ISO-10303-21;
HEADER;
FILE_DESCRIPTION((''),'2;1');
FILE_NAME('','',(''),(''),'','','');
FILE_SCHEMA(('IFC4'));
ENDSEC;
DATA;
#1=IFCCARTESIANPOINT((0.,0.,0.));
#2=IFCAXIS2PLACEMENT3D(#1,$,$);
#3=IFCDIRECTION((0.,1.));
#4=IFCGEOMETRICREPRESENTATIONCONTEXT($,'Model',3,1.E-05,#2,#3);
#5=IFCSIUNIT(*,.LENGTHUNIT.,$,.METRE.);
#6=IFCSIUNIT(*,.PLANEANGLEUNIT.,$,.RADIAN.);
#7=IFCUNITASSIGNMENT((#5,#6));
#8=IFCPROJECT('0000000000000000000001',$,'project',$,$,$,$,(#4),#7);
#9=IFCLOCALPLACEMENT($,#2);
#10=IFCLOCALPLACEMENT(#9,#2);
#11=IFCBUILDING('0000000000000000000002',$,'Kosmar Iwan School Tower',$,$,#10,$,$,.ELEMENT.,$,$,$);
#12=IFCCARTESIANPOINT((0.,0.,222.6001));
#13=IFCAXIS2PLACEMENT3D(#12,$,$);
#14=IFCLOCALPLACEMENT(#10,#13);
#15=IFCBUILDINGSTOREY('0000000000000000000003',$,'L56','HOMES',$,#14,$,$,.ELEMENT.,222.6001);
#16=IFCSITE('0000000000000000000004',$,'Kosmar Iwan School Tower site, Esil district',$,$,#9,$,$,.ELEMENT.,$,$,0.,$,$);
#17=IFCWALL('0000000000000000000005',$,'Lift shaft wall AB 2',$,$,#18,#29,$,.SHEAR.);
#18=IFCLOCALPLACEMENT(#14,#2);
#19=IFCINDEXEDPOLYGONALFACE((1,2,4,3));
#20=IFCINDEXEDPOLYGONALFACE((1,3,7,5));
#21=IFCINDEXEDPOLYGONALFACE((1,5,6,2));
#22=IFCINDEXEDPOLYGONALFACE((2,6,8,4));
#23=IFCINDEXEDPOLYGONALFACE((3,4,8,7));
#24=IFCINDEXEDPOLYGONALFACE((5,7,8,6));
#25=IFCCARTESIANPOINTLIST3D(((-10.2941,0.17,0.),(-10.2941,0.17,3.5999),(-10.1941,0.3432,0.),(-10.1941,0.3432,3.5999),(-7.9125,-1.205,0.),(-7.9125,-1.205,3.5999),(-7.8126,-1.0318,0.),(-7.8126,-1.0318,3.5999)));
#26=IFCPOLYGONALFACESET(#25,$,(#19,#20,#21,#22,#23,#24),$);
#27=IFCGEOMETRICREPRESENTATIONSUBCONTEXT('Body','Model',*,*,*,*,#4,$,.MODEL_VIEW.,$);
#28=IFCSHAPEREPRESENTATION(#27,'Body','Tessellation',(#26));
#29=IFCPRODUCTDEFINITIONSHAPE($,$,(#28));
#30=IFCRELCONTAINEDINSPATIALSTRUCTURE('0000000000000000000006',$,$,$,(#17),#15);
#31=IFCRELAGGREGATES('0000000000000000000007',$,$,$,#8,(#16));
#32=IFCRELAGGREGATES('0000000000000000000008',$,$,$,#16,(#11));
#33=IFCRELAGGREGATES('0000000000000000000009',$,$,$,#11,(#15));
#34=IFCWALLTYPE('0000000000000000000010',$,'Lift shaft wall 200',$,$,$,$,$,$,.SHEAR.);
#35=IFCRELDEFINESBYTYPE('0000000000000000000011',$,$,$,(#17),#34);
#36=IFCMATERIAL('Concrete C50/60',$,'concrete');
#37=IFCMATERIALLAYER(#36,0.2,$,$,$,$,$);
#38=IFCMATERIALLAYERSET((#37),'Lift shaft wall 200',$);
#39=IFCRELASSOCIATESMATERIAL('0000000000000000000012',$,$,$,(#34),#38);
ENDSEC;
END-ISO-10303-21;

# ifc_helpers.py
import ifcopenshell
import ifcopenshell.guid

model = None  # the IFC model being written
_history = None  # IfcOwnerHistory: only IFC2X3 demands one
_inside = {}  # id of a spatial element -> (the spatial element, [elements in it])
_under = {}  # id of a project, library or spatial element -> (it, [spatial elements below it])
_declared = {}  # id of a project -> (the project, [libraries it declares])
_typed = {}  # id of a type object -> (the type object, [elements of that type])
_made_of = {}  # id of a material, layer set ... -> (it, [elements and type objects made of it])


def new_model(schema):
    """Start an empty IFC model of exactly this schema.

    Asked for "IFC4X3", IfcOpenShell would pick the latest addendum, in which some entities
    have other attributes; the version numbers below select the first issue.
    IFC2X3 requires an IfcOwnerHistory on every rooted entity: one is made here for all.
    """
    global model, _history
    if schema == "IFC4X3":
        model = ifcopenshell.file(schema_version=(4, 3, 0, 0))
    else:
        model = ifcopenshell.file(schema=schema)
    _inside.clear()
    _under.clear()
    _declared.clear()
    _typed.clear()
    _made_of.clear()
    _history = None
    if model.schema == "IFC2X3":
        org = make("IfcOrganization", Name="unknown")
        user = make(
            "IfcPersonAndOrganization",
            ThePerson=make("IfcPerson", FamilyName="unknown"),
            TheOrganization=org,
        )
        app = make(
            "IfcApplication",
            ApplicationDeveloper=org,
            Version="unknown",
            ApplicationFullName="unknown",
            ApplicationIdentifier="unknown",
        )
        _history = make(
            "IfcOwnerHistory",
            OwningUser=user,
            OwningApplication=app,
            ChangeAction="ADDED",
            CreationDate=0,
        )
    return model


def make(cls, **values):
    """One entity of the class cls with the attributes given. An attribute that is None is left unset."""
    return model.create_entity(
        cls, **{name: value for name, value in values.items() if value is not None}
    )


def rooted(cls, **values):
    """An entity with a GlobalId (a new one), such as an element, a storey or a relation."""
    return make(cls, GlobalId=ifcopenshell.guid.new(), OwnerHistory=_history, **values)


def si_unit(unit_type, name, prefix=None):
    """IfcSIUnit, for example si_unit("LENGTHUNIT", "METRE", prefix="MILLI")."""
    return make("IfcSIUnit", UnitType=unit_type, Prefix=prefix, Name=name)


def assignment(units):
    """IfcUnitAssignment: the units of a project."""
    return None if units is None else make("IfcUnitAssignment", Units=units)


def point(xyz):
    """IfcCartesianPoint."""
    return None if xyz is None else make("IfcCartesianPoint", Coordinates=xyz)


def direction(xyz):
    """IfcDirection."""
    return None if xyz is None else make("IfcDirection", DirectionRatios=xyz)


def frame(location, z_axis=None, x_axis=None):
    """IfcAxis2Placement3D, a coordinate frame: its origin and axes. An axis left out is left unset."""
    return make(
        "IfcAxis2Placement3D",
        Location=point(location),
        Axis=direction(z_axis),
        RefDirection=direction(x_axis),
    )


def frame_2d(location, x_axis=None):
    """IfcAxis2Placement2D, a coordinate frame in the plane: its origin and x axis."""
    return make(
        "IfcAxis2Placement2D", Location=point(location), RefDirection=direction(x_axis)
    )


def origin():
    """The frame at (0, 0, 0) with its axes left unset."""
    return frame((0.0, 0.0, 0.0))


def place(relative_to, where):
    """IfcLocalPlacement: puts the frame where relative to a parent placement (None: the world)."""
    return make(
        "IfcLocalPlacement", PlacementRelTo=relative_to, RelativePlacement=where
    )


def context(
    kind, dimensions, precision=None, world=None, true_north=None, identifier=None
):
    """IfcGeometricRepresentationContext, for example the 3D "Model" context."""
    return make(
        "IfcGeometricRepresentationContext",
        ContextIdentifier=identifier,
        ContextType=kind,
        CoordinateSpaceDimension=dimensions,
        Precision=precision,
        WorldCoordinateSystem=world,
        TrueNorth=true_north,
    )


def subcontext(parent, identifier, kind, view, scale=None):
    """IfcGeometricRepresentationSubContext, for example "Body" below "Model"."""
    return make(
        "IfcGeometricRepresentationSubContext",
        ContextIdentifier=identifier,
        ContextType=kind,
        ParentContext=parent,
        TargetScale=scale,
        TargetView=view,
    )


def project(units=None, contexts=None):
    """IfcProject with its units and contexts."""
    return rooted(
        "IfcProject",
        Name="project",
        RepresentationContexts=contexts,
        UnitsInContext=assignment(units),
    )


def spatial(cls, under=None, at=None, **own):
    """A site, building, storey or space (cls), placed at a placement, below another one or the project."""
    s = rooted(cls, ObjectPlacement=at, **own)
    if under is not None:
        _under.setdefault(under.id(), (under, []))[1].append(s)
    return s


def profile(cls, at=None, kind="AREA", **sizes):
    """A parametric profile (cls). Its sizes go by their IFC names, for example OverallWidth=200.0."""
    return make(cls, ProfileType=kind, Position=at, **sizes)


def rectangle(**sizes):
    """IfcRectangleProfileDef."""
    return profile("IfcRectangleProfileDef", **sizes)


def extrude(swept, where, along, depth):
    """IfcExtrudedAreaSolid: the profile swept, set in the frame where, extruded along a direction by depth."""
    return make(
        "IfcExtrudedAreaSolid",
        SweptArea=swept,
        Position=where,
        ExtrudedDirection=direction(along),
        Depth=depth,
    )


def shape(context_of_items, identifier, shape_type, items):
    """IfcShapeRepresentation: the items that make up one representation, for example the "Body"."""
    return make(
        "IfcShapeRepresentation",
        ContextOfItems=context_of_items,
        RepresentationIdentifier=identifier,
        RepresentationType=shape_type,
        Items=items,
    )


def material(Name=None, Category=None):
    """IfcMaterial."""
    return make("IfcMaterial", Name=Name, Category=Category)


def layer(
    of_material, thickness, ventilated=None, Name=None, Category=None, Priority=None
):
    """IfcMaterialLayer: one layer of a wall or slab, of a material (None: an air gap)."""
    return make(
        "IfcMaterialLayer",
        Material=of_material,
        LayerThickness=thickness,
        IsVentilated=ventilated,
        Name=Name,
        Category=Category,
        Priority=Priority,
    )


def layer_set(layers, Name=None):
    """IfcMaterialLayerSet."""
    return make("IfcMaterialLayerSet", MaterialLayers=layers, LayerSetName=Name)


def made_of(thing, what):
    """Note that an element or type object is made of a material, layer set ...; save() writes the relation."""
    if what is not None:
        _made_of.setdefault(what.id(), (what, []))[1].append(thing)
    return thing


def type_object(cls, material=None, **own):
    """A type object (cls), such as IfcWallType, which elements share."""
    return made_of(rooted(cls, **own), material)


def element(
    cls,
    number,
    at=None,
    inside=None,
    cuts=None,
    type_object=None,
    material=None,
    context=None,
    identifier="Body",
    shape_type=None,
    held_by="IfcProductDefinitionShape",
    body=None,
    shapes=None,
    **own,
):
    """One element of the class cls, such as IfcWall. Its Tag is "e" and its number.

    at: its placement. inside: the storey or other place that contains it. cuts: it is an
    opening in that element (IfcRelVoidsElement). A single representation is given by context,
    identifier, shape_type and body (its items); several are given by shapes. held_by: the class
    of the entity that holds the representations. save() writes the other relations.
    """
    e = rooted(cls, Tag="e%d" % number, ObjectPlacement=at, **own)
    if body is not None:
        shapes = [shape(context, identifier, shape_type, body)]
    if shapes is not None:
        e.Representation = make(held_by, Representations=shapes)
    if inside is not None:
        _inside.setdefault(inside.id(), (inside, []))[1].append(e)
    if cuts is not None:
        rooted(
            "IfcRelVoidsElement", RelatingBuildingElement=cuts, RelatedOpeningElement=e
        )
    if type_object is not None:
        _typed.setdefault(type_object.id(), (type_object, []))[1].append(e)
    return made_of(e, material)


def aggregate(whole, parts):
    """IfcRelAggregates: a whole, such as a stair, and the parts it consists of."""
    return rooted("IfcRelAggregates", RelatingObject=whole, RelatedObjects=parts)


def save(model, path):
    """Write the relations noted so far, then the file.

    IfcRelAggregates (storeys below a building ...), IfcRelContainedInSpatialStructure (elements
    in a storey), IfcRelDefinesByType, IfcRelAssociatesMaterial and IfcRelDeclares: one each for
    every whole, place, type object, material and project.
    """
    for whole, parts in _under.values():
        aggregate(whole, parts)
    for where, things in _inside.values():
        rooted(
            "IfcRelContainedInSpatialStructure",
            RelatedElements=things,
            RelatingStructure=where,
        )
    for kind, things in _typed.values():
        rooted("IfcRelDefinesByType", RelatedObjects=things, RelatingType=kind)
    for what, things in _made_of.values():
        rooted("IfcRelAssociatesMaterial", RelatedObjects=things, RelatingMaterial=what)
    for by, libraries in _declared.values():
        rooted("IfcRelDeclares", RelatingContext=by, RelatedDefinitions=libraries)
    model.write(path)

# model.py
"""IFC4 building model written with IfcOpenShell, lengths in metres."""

from ifc_helpers import new_model, si_unit, direction, frame, frame_2d, origin, place, context, subcontext, project, spatial, rectangle, extrude, material, layer, layer_set, type_object, element, save


model = new_model("IFC4")

# Units and contexts
model_context = context("Model", 3, precision=1e-05, world=origin(), true_north=direction((0.0, 1.0)))
body_context = subcontext(model_context, "Body", "Model", "MODEL_VIEW")
ifc_project = project(units=[si_unit("LENGTHUNIT", "METRE"), si_unit("PLANEANGLEUNIT", "RADIAN")], contexts=[model_context])

# Site, building, storey
site_placement = place(None, origin())
site = spatial("IfcSite", under=ifc_project, at=site_placement, Name="Kosmar Iwan School Tower site, Esil district", CompositionType="ELEMENT", RefElevation=0.0)
building_placement = place(site_placement, origin())
building = spatial("IfcBuilding", under=site, at=building_placement, Name="Kosmar Iwan School Tower", CompositionType="ELEMENT")
storey_placement = place(building_placement, frame((0.0, 0.0, 222.6001)))
storey = spatial("IfcBuildingStorey", under=building, at=storey_placement, Name="L56", Description="HOMES", CompositionType="ELEMENT", Elevation=222.6001)

# Wall
ifc_material_1 = material(Name="Concrete C50/60", Category="concrete")
ifc_layer_1 = layer(ifc_material_1, 0.2)
ifc_layer_set_1 = layer_set([ifc_layer_1], Name="Lift shaft wall 200")
wall_type_1 = type_object("IfcWallType", Name="Lift shaft wall 200", PredefinedType="SHEAR", material=ifc_layer_set_1)
wall_1_placement = place(storey_placement, frame((-7.8625, -1.1184, 0.0), z_axis=(0.0, 0.0, 1.0), x_axis=(-0.866027, 0.499997, 0.0)))
element("IfcWall", 1, at=wall_1_placement, inside=storey, type_object=wall_type_1, Name="Lift shaft wall AB 2", PredefinedType="SHEAR", context=body_context, shape_type="SweptSolid", body=[
    extrude(rectangle(XDim=2.75, YDim=0.2, at=frame_2d((1.375, 0.0))), origin(), (0.0, 0.0, 1.0), 3.5999),
])

save(model, "model.ifc")
